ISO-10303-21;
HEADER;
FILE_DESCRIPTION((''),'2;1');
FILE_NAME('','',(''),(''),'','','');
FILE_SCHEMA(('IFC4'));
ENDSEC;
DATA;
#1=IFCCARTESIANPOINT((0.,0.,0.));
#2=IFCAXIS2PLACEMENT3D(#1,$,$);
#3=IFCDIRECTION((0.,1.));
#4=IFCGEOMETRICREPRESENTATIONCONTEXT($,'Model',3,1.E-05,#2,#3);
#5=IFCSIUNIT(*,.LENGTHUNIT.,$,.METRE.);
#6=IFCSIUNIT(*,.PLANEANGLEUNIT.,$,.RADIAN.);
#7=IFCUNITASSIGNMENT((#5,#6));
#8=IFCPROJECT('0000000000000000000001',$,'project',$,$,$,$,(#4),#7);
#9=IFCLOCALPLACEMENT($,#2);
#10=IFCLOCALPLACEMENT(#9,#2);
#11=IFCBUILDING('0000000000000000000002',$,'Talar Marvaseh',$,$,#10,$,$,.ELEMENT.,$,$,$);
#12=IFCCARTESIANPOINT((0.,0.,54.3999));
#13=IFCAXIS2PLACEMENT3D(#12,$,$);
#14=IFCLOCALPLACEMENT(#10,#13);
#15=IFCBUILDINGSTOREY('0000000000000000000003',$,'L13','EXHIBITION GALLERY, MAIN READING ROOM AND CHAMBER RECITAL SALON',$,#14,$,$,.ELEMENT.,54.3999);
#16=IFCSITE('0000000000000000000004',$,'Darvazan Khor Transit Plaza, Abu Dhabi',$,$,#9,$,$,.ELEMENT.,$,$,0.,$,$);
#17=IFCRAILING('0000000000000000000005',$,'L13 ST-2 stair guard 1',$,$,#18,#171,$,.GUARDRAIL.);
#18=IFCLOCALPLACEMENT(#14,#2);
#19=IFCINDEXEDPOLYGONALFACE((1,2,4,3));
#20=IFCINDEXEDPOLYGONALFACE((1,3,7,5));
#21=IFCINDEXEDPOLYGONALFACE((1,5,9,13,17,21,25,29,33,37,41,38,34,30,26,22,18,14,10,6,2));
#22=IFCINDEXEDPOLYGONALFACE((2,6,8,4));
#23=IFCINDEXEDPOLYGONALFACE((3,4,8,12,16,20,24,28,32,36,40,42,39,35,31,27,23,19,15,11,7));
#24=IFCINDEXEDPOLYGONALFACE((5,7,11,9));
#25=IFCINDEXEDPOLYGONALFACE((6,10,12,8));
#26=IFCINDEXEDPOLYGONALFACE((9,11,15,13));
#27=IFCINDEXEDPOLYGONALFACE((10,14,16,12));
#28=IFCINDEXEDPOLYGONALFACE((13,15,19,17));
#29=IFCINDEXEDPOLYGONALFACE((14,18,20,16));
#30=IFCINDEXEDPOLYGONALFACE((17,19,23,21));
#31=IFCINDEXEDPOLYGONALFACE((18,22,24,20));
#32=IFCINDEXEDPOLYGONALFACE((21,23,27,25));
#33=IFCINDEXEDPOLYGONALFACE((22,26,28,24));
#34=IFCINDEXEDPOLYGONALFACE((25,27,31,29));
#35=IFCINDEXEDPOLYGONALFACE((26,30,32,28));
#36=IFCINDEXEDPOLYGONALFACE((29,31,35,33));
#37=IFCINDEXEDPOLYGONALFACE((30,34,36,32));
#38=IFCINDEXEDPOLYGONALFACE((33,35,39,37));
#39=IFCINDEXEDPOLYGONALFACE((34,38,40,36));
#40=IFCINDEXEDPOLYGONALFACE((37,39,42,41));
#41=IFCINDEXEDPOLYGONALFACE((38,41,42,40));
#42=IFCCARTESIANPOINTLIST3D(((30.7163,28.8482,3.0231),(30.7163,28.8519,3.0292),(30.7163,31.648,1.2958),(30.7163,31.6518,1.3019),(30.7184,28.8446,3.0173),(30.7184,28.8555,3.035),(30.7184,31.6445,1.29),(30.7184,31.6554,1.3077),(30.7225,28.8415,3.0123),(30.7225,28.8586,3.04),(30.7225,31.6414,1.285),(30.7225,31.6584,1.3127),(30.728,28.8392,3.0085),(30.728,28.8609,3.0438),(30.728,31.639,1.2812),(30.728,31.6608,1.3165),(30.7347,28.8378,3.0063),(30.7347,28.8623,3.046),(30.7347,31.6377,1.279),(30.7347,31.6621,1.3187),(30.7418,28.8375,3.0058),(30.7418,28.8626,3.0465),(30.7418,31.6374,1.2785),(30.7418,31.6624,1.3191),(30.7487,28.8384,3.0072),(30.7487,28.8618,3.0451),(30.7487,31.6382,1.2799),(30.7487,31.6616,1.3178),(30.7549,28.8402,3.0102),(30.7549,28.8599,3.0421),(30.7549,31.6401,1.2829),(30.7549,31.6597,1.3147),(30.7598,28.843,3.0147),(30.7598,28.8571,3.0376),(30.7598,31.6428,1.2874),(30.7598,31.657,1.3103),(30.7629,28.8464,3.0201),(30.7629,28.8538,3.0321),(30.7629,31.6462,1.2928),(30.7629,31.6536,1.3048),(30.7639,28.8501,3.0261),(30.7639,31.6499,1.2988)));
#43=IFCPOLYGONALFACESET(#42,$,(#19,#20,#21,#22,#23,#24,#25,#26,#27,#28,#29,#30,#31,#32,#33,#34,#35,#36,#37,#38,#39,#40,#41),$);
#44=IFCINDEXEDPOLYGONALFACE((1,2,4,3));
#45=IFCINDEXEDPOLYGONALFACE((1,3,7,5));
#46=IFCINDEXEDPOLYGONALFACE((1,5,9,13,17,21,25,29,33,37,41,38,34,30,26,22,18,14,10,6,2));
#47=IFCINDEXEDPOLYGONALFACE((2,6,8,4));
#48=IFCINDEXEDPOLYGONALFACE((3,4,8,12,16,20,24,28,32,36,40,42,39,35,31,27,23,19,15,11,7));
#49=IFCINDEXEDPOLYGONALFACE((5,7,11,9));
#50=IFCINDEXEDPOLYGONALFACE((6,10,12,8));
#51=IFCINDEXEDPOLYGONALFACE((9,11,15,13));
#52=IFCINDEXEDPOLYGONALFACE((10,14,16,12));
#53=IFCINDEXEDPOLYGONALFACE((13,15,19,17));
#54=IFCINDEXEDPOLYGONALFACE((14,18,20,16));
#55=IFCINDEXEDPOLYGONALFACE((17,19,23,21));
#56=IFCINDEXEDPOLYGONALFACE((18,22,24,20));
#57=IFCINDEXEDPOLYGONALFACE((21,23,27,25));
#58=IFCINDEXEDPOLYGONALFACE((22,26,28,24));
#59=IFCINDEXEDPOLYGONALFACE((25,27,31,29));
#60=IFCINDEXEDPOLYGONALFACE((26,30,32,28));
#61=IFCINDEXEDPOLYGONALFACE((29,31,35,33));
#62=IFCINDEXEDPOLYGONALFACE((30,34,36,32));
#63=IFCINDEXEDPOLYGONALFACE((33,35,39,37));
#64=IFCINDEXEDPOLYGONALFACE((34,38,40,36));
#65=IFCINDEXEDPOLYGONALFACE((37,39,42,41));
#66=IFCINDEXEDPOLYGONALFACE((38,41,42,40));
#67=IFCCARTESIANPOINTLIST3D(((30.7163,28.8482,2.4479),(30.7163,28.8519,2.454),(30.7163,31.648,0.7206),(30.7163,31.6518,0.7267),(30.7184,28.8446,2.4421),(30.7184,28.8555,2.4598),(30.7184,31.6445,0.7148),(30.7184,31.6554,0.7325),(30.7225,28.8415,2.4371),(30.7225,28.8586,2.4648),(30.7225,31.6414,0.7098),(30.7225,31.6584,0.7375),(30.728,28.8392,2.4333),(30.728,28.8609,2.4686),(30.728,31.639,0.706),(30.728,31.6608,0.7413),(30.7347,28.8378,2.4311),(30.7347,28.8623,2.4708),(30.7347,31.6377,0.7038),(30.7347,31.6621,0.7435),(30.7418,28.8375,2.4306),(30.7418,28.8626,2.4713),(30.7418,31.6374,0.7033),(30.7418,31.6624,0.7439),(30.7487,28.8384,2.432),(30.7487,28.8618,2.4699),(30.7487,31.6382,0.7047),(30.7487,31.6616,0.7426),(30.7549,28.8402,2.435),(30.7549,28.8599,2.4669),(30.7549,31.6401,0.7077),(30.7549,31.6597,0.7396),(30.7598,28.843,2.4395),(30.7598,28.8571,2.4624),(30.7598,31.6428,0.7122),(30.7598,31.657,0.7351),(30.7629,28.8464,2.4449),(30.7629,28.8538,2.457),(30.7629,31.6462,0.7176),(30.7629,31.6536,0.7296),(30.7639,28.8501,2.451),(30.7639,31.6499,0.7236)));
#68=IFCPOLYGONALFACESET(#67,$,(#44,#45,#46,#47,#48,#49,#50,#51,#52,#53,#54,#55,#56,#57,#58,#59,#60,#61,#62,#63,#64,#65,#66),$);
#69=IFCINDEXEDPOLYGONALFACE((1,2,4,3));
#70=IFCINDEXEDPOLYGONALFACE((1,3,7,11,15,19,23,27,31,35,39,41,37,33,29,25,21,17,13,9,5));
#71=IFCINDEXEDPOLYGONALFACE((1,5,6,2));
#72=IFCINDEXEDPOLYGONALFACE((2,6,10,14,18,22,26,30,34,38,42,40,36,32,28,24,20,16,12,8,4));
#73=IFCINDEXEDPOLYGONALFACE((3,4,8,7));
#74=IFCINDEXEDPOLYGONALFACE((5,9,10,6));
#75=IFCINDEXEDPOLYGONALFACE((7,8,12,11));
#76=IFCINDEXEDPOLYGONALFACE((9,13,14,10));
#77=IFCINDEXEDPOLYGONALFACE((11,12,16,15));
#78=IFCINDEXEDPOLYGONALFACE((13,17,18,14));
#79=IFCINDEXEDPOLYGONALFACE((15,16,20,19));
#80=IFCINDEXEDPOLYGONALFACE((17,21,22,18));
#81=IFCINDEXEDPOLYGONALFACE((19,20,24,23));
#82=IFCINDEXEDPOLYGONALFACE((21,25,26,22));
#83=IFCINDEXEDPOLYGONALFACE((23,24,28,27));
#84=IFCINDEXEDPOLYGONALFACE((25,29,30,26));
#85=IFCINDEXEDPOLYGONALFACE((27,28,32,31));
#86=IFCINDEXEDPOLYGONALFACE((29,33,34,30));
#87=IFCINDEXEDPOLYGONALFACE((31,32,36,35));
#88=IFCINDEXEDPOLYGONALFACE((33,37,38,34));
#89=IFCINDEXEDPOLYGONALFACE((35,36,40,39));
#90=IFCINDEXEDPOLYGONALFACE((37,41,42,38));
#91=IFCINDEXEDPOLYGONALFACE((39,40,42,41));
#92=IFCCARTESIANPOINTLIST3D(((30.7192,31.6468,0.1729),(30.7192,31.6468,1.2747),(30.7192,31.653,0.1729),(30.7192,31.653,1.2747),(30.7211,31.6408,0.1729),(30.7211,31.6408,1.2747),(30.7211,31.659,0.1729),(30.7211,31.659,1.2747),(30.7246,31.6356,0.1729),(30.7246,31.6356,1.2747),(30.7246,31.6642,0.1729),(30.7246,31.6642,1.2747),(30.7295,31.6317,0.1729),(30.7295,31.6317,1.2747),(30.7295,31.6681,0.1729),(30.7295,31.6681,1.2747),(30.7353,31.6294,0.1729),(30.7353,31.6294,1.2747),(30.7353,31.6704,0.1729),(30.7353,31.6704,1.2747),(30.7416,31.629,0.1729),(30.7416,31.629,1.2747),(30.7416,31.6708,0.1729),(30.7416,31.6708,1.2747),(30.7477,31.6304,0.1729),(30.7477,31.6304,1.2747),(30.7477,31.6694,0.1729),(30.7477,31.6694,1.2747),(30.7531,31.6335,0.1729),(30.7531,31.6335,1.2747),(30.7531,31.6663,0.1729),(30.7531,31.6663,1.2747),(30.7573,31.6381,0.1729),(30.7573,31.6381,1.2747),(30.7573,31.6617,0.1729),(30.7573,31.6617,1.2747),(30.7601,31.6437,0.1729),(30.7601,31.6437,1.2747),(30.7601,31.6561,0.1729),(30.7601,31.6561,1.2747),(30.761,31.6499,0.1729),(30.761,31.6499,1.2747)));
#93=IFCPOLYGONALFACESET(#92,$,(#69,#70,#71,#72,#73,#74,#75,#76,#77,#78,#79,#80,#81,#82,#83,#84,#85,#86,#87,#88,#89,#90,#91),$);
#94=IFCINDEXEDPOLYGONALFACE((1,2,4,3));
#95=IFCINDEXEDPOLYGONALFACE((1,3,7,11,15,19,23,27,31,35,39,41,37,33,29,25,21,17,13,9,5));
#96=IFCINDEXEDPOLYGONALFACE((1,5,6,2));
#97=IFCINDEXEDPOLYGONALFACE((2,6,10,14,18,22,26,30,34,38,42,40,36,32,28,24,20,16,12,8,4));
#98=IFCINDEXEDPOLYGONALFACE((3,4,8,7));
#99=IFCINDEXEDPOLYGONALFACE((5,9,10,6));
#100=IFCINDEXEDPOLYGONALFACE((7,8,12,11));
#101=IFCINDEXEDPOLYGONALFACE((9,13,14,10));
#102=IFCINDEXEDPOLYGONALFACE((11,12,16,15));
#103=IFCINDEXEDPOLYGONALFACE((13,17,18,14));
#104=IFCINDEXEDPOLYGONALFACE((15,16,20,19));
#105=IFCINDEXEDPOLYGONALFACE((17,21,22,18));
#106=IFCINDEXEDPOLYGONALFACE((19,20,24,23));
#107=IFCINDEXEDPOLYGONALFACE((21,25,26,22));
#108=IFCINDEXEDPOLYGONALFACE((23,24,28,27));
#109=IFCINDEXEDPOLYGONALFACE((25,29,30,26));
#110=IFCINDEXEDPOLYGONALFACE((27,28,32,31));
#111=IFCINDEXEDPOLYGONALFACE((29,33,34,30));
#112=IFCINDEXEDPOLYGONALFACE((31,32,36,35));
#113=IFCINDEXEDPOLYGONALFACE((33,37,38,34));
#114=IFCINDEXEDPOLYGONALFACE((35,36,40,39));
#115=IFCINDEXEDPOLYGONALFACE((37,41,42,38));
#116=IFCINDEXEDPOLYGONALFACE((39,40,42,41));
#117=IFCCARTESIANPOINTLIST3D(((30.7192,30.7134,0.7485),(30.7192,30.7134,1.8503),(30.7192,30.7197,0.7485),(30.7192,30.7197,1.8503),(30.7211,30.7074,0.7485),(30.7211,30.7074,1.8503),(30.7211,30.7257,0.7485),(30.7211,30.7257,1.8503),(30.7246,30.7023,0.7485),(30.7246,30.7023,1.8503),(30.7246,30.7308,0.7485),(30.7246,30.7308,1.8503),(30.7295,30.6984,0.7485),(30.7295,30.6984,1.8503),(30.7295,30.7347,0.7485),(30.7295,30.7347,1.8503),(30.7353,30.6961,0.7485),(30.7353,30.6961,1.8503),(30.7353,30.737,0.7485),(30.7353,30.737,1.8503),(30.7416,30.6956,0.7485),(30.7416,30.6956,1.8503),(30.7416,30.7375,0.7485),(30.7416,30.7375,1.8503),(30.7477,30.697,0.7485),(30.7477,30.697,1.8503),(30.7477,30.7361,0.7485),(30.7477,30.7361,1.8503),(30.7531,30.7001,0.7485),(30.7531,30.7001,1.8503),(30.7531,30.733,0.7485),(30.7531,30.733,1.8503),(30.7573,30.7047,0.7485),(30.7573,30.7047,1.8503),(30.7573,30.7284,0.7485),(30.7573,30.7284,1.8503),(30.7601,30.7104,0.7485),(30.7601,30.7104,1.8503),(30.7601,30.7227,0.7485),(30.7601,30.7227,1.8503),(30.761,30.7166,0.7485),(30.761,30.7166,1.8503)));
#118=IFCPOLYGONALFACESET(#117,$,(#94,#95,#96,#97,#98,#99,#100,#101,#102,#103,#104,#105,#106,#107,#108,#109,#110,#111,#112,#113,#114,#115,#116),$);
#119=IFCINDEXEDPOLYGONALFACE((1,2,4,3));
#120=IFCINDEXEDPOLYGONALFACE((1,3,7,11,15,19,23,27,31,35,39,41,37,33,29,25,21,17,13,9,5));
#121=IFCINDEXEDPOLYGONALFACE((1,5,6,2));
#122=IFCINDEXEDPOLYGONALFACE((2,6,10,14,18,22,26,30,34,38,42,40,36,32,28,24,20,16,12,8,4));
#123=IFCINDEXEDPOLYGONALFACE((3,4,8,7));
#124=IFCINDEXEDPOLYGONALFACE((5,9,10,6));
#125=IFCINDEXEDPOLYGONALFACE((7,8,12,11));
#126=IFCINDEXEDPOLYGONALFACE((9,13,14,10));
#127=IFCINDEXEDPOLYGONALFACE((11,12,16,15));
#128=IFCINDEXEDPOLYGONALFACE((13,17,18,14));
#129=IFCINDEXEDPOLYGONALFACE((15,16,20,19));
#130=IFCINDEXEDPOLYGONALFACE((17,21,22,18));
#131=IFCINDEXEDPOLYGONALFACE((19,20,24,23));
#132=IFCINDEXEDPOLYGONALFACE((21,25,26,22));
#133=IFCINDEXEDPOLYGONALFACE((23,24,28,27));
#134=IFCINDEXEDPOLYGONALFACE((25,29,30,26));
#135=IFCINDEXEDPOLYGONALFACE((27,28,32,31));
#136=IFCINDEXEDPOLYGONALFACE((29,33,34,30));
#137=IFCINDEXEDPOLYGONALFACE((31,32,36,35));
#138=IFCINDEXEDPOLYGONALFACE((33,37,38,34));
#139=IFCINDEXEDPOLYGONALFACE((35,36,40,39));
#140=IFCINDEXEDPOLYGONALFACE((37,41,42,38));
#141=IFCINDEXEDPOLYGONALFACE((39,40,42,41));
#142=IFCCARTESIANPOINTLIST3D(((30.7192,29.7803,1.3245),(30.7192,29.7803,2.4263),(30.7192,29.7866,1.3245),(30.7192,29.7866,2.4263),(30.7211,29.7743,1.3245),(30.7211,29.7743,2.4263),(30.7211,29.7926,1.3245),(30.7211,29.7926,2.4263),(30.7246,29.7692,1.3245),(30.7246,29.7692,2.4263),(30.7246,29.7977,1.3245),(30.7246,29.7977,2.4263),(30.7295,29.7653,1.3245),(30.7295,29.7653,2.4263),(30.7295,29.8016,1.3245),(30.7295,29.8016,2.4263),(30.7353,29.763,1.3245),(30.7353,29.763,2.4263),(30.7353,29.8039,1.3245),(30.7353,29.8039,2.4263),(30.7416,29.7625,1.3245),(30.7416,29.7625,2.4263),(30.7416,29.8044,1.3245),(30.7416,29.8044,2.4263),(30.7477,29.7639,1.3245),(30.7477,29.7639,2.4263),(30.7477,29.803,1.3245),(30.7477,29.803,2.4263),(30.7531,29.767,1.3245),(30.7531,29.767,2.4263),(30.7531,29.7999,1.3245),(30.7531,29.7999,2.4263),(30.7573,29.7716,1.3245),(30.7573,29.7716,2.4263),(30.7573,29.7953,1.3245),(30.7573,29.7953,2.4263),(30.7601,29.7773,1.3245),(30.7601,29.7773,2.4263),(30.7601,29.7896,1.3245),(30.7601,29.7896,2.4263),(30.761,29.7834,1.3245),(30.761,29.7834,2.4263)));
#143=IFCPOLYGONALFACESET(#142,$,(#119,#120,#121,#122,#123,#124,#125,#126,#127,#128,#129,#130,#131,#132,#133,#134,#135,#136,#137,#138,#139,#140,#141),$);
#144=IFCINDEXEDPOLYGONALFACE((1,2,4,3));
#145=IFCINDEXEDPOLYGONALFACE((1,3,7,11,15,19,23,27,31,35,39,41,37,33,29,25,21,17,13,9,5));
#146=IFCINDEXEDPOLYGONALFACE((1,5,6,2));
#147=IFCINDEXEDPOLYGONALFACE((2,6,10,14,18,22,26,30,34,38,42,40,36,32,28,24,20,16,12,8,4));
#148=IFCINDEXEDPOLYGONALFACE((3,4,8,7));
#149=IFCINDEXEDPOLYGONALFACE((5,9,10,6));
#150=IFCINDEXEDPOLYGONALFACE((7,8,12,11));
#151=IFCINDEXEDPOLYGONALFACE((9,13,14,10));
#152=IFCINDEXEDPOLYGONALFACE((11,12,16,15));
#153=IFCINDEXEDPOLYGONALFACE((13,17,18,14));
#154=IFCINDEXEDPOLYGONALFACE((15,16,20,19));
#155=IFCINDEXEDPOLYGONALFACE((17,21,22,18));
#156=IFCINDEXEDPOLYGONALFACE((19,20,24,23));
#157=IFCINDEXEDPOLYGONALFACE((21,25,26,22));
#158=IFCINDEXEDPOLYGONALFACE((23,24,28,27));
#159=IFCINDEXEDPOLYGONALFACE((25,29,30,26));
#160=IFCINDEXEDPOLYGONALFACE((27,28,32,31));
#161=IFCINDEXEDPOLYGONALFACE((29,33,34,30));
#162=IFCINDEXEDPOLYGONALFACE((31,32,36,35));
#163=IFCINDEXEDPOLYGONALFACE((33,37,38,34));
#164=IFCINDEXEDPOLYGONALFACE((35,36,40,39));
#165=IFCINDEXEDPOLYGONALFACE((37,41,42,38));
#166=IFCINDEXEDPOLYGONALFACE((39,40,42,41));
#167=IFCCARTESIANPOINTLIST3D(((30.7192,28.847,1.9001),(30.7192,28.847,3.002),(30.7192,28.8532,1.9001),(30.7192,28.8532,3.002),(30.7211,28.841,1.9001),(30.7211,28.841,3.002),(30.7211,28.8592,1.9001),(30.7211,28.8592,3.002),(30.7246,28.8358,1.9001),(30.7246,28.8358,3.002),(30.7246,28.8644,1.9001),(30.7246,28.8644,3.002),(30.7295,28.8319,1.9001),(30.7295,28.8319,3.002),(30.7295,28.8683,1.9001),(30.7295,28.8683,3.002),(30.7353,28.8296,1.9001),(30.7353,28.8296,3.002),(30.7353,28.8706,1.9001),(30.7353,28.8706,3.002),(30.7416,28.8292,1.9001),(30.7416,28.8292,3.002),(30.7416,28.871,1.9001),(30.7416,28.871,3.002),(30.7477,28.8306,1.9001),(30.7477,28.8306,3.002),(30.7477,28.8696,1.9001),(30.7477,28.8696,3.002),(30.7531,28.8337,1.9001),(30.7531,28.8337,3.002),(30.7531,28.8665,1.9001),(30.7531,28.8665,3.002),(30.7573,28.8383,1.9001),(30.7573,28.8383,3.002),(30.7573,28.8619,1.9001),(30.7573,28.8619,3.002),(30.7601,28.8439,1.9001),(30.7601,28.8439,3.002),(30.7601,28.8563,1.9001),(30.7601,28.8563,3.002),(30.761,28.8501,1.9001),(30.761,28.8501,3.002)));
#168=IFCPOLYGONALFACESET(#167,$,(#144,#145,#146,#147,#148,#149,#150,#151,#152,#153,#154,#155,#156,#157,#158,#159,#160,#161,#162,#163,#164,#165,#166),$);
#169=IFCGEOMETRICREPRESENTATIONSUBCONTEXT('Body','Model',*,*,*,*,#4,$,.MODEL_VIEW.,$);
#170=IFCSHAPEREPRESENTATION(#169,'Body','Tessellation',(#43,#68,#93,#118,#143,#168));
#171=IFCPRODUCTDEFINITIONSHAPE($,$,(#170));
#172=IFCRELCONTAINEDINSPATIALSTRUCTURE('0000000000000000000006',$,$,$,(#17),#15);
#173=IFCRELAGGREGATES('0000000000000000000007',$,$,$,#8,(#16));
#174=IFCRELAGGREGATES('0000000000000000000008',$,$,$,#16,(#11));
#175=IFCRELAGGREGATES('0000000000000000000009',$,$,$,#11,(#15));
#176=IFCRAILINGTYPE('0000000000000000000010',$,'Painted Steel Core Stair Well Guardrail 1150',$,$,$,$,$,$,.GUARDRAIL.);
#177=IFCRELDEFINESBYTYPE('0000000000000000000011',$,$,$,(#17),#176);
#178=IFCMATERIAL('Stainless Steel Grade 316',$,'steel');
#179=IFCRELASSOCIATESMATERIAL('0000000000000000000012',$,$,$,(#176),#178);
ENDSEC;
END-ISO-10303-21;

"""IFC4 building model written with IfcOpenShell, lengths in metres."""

from ifc_helpers import new_model, si_unit, direction, frame, origin, origin_2d, place, context, subcontext, project, spatial, circle, extrude, material, type_object, element, save


model = new_model("IFC4")

# Units and contexts
model_context = context("Model", 3, precision=1e-05, world=origin(), true_north=direction((0.0, 1.0)))
body_context = subcontext(model_context, "Body", "Model", "MODEL_VIEW")
ifc_project = project(units=[si_unit("LENGTHUNIT", "METRE"), si_unit("PLANEANGLEUNIT", "RADIAN")], contexts=[model_context])

# Site, building, storey
site_placement = place(None, origin())
site = spatial("IfcSite", under=ifc_project, at=site_placement, Name="Darvazan Khor Transit Plaza, Abu Dhabi", CompositionType="ELEMENT", RefElevation=0.0)
building_placement = place(site_placement, origin())
building = spatial("IfcBuilding", under=site, at=building_placement, Name="Talar Marvaseh", CompositionType="ELEMENT")
storey_placement = place(building_placement, frame((0.0, 0.0, 54.3999)))
storey = spatial("IfcBuildingStorey", under=building, at=storey_placement, Name="L13", Description="EXHIBITION GALLERY, MAIN READING ROOM AND CHAMBER RECITAL SALON", CompositionType="ELEMENT", Elevation=54.3999)

# Shared definitions
ifc_material_1 = material(Name="Stainless Steel Grade 316", Category="steel")

# Railing
railing_type_1 = type_object("IfcRailingType", Name="Painted Steel Core Stair Well Guardrail 1150", PredefinedType="GUARDRAIL", material=ifc_material_1)
railing_1_placement = place(storey_placement, frame((30.74, 31.6499, 0.1729)))
element("IfcRailing", 1, at=railing_1_placement, inside=storey, type_object=railing_type_1, Name="L13 ST-2 stair guard 1", PredefinedType="GUARDRAIL", context=body_context, shape_type="SweptSolid", body=[
    extrude(circle(Radius=0.0239, at=origin_2d()), frame((0.0, 0.0, 1.126), z_axis=(0.0, -0.851069, 0.525054), x_axis=(1.0, 0.0, 0.0)), (0.0, 0.0, 1.0), 3.2898),
    extrude(circle(Radius=0.0239, at=origin_2d()), frame((0.0, 0.0, 0.5508), z_axis=(0.0, -0.851069, 0.525054), x_axis=(1.0, 0.0, 0.0)), (0.0, 0.0, 1.0), 3.2898),
    extrude(circle(Radius=0.021, at=origin_2d()), origin(), (0.0, 0.0, 1.0), 1.1018),
    extrude(circle(Radius=0.021, at=origin_2d()), frame((0.0, -0.9333, 0.5757)), (0.0, 0.0, 1.0), 1.1018),
    extrude(circle(Radius=0.021, at=origin_2d()), frame((0.0, -1.8665, 1.1516)), (0.0, 0.0, 1.0), 1.1018),
    extrude(circle(Radius=0.021, at=origin_2d()), frame((0.0, -2.7998, 1.7273)), (0.0, 0.0, 1.0), 1.1018),
])

save(model, "model.ifc")
